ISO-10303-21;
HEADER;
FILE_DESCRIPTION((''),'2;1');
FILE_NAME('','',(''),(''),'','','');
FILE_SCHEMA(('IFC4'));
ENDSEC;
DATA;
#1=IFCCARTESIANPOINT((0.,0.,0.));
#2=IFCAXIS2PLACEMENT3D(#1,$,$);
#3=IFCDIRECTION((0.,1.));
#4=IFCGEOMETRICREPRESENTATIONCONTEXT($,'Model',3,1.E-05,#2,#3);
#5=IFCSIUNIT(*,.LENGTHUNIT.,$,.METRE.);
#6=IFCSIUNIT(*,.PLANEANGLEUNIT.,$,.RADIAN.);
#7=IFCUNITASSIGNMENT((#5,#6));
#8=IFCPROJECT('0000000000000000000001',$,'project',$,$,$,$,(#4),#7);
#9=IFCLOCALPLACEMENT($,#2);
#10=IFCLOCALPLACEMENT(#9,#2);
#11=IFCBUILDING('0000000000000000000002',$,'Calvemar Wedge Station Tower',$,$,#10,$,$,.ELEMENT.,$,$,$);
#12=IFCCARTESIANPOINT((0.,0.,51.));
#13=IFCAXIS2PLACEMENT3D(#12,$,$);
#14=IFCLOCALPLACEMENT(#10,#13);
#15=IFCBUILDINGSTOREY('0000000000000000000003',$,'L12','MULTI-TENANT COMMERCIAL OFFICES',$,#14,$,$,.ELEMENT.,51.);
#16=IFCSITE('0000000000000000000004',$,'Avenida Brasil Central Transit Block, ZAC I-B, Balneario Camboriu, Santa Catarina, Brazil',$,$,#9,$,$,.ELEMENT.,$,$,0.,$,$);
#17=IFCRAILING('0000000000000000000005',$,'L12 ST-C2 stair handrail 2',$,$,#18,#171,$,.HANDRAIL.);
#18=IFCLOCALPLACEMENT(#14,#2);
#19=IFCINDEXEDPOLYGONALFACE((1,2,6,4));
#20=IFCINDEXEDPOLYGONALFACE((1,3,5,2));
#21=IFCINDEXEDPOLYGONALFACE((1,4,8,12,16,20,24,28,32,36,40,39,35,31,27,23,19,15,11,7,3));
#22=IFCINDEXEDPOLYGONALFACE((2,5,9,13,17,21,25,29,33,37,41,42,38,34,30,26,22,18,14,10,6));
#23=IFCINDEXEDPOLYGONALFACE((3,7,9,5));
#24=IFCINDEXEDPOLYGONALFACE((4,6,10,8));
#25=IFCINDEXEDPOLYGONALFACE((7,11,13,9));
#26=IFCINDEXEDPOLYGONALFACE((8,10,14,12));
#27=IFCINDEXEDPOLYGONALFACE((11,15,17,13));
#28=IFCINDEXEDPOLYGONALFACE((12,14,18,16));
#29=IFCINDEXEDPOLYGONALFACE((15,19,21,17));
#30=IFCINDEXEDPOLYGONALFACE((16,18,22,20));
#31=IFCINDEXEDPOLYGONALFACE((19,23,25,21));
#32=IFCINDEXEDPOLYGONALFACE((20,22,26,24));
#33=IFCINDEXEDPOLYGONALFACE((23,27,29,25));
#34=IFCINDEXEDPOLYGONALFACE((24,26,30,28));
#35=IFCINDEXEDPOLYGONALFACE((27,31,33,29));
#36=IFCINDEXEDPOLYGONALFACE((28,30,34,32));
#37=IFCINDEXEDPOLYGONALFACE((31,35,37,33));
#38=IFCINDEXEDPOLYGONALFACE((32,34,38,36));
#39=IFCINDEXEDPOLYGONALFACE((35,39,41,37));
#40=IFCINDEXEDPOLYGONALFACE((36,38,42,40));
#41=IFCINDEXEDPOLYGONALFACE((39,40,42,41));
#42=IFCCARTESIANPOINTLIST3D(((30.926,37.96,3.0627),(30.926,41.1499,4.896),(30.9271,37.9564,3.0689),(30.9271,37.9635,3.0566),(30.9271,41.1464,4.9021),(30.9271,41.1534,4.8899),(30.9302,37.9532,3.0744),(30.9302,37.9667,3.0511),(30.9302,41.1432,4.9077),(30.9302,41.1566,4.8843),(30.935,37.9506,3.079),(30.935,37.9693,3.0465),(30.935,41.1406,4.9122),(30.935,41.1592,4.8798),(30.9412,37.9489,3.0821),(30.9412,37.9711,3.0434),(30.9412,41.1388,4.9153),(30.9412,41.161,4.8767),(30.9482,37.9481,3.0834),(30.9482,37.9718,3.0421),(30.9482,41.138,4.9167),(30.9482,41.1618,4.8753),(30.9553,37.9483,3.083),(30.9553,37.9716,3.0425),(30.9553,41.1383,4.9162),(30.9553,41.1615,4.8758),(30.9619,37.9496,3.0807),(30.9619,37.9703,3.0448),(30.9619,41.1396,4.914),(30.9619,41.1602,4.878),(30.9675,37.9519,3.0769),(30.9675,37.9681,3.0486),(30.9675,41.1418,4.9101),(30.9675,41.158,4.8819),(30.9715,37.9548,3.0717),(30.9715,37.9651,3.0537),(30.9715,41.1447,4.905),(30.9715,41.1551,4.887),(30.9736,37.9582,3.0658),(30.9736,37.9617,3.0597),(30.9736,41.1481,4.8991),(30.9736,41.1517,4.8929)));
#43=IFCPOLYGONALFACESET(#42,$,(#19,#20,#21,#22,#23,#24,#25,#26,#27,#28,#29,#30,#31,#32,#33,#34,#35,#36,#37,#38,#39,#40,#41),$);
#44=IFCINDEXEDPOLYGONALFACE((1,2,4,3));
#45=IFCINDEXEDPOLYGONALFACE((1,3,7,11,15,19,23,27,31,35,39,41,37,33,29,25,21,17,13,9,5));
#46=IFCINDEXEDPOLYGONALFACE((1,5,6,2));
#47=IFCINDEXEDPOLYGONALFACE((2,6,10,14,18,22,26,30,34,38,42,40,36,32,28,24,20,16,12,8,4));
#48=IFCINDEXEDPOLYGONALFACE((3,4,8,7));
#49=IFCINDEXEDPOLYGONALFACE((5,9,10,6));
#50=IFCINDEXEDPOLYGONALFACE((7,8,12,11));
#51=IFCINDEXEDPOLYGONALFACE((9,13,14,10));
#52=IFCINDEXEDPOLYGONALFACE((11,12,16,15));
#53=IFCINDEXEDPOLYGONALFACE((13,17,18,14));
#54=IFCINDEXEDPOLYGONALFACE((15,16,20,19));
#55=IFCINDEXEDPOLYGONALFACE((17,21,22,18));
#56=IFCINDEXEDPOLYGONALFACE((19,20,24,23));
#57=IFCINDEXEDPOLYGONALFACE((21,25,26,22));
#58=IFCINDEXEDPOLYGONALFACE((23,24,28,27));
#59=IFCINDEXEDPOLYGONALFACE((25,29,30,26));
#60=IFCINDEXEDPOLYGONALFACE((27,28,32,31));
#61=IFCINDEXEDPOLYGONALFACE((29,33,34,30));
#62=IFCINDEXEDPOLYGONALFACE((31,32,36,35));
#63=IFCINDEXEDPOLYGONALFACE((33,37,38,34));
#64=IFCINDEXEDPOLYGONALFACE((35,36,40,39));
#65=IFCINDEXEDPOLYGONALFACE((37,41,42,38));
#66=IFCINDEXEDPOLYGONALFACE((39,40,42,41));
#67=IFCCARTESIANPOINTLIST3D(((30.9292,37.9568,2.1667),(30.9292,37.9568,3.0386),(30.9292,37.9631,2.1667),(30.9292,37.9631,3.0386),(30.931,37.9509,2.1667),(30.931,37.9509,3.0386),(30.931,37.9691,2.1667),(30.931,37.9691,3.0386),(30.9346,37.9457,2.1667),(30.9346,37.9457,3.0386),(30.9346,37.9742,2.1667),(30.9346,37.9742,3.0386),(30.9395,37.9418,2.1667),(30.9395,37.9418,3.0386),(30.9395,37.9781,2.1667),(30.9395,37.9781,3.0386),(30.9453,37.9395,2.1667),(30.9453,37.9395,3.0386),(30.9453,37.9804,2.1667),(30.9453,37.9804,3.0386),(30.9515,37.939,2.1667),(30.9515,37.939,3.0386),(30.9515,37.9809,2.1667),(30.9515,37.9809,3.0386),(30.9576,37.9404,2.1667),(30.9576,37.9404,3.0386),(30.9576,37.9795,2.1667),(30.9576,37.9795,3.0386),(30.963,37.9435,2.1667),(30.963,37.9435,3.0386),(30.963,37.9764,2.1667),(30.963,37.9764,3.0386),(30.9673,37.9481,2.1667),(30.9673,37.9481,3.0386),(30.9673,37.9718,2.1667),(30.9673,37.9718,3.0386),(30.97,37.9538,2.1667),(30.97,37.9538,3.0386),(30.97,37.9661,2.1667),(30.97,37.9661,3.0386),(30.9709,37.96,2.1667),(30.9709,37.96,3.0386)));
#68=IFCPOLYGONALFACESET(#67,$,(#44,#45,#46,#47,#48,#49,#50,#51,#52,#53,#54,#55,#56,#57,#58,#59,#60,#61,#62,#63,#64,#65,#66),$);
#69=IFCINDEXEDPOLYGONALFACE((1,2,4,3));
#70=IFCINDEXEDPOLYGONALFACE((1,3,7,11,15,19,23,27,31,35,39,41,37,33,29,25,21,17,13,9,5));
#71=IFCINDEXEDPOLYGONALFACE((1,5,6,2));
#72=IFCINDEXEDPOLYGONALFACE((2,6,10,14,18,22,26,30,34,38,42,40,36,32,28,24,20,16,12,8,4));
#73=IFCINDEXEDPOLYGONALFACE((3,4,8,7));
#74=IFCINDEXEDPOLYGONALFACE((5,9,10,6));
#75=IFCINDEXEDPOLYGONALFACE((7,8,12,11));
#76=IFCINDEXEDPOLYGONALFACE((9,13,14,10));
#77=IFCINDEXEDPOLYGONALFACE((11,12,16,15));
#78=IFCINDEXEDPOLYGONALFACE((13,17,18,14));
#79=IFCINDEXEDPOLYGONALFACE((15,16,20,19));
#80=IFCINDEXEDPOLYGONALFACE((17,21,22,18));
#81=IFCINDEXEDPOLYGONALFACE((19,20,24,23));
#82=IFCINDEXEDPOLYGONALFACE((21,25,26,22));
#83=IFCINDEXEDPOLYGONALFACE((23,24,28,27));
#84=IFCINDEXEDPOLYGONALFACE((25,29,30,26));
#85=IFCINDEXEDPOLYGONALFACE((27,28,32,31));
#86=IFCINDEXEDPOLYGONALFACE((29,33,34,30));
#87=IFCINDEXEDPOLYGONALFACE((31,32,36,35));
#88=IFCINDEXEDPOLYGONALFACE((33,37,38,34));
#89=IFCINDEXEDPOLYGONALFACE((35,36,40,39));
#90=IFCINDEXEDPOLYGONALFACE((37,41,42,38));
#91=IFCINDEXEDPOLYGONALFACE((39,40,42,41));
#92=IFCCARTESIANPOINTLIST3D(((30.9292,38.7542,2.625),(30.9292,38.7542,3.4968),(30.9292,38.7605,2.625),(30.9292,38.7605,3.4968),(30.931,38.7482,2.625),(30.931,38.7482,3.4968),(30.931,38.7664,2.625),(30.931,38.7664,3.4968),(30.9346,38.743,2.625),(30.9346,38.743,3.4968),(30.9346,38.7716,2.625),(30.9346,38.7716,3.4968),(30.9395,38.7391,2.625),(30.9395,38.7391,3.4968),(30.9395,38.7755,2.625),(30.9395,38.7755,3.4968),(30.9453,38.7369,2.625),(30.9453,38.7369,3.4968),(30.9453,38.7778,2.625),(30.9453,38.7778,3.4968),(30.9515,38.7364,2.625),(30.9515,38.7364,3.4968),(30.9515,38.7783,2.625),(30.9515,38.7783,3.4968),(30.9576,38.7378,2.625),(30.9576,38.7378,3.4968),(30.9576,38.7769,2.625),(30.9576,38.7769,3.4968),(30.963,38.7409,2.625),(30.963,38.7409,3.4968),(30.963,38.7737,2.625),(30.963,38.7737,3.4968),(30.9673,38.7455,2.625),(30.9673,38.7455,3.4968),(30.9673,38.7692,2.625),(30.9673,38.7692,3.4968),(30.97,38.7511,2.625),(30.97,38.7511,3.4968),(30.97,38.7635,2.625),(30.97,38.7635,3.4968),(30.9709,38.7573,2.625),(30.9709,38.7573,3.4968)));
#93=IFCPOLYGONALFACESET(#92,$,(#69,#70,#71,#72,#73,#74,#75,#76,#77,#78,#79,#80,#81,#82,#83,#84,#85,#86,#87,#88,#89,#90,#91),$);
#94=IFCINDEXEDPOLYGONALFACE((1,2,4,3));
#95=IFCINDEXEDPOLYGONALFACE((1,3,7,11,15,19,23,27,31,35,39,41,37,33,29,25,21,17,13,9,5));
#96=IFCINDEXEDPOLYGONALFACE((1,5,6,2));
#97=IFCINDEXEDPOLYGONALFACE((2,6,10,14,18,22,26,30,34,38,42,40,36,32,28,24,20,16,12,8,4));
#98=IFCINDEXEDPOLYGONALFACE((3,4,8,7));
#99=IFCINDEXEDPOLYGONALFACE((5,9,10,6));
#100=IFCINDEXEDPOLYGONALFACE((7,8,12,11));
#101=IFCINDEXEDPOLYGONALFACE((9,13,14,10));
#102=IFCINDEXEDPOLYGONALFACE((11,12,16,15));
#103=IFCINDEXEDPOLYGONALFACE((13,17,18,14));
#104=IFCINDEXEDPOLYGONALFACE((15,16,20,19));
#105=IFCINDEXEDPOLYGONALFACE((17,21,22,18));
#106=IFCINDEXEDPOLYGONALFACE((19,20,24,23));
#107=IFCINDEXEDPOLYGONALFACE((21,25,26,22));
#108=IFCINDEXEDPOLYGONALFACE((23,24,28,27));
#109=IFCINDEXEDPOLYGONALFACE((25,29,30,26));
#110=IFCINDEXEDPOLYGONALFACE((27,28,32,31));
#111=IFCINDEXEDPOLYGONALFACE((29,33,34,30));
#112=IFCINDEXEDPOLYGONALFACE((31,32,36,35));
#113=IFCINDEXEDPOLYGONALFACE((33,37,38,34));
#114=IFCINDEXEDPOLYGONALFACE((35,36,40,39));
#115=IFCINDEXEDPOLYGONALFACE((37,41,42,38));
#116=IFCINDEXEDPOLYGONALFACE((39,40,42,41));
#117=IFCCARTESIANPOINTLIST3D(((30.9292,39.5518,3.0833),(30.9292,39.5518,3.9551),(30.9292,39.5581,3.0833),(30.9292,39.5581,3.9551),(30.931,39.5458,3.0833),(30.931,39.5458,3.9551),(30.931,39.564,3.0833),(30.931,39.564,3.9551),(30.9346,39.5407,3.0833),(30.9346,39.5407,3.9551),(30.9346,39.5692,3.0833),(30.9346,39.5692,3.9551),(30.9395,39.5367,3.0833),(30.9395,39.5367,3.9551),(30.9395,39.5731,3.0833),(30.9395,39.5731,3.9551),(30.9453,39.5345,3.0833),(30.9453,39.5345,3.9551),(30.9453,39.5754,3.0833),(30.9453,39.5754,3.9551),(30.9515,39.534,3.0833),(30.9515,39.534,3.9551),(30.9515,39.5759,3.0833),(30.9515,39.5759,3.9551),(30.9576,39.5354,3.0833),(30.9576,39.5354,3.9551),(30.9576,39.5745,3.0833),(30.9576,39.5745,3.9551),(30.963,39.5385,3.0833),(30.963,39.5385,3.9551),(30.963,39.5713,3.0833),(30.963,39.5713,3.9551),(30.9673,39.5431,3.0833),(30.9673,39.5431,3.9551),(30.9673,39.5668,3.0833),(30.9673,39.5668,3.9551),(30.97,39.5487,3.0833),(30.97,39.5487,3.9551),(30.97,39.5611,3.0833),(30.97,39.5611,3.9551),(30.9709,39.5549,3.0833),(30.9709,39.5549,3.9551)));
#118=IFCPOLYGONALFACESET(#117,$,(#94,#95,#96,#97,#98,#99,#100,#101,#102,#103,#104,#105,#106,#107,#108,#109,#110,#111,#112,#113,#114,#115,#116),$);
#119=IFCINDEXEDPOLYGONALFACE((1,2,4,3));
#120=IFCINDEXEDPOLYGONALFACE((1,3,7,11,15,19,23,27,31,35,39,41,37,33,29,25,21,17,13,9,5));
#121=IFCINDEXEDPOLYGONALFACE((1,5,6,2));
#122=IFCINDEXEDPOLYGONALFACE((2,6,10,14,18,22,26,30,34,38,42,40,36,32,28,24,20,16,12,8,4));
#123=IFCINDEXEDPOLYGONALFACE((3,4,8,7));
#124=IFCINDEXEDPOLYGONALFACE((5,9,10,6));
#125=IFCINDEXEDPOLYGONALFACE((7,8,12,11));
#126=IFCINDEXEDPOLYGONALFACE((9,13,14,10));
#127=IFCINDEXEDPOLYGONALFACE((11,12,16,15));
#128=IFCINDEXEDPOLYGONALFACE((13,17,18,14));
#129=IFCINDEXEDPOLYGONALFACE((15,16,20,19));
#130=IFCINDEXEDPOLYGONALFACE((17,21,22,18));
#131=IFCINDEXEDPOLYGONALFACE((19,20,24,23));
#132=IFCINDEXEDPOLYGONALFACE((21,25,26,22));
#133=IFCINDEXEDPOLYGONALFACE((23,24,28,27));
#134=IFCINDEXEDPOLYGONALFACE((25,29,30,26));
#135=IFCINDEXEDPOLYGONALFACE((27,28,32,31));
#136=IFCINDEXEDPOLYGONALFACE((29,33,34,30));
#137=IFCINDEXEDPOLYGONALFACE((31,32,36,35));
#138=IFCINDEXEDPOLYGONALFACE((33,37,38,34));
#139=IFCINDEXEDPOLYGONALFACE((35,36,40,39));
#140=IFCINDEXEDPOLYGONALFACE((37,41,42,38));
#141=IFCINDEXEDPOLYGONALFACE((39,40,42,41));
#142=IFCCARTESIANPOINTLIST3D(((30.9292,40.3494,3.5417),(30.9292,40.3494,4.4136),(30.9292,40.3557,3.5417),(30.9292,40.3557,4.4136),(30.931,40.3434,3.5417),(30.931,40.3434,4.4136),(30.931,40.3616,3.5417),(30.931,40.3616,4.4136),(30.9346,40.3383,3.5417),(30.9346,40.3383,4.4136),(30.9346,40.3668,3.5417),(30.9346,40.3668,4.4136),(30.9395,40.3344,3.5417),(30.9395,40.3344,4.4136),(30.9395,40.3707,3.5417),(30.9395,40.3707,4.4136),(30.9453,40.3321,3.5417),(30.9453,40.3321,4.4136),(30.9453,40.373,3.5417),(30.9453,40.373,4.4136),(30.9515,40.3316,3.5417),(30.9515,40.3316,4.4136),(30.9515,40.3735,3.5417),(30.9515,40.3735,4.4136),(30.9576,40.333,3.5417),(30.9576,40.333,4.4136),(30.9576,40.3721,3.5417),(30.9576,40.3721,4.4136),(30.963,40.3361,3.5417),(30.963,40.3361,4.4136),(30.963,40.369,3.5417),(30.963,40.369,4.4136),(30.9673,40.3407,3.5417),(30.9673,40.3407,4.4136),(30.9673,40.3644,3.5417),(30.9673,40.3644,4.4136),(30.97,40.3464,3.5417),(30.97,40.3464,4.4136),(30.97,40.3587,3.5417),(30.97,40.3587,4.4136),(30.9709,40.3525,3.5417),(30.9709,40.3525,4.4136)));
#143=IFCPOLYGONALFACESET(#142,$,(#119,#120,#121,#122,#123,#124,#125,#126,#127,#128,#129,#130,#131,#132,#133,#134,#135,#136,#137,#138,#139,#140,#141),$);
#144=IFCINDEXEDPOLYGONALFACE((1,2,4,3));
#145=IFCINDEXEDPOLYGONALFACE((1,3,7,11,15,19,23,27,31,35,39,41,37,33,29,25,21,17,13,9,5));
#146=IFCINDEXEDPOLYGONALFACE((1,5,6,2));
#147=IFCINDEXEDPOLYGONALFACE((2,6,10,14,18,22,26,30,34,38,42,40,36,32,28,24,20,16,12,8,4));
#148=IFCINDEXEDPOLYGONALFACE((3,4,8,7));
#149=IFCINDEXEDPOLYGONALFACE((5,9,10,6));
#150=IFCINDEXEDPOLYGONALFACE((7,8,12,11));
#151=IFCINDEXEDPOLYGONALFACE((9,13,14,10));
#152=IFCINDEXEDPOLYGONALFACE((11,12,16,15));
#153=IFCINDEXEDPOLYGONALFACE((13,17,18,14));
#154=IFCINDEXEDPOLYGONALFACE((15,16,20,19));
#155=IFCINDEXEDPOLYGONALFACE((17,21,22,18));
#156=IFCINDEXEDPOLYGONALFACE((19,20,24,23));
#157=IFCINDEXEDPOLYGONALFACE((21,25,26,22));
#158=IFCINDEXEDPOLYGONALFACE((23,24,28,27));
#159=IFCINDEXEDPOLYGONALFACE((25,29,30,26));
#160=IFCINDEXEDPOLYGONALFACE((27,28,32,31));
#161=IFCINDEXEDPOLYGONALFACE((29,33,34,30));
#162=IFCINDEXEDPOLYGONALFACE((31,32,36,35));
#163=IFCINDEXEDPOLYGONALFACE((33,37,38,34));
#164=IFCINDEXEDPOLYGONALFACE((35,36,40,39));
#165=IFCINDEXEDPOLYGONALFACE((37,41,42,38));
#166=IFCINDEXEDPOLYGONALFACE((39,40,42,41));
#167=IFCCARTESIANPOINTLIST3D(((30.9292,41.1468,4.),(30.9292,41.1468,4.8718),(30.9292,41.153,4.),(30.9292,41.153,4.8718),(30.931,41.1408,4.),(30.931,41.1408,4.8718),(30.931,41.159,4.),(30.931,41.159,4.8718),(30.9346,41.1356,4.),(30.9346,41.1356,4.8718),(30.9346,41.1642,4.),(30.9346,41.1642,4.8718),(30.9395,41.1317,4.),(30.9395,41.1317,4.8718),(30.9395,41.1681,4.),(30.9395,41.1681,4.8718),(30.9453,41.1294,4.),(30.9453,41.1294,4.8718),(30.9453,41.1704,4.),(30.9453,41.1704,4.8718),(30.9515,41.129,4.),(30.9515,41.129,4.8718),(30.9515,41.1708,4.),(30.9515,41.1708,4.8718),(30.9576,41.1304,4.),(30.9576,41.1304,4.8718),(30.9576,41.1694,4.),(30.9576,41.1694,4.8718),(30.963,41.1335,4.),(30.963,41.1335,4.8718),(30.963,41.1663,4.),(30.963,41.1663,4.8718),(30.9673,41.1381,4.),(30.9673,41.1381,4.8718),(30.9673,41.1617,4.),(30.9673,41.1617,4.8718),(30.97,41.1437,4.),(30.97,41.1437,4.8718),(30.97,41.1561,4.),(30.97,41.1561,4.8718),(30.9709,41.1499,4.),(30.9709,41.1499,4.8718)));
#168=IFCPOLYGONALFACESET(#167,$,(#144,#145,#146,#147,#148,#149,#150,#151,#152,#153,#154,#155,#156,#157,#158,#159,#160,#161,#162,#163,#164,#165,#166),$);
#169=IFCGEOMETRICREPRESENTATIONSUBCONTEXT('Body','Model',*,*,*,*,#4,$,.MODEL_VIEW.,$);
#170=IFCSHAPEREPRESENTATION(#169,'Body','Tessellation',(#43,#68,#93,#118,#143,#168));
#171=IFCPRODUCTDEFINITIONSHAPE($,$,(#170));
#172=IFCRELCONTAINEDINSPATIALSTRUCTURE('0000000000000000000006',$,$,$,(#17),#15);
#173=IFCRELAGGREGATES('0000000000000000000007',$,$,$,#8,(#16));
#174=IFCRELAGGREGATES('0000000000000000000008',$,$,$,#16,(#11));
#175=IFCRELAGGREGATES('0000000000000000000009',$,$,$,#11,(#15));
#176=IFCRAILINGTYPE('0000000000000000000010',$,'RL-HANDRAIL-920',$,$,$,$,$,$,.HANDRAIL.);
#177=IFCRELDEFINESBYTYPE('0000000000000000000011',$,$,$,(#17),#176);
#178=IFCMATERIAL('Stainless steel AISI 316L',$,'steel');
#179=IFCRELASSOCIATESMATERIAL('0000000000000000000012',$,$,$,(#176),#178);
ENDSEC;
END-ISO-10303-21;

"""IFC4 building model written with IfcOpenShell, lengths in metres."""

from ifc_helpers import new_model, si_unit, direction, frame, origin, origin_2d, place, context, subcontext, project, spatial, circle, extrude, material, type_object, element, save


model = new_model("IFC4")

# Units and contexts
model_context = context("Model", 3, precision=1e-05, world=origin(), true_north=direction((0.0, 1.0)))
body_context = subcontext(model_context, "Body", "Model", "MODEL_VIEW")
ifc_project = project(units=[si_unit("LENGTHUNIT", "METRE"), si_unit("PLANEANGLEUNIT", "RADIAN")], contexts=[model_context])

# Site, building, storey
site_placement = place(None, origin())
site = spatial("IfcSite", under=ifc_project, at=site_placement, Name="Avenida Brasil Central Transit Block, ZAC I-B, Balneario Camboriu, Santa Catarina, Brazil", CompositionType="ELEMENT", RefElevation=0.0)
building_placement = place(site_placement, origin())
building = spatial("IfcBuilding", under=site, at=building_placement, Name="Calvemar Wedge Station Tower", CompositionType="ELEMENT")
storey_placement = place(building_placement, frame((0.0, 0.0, 51.0)))
storey = spatial("IfcBuildingStorey", under=building, at=storey_placement, Name="L12", Description="MULTI-TENANT COMMERCIAL OFFICES", CompositionType="ELEMENT", Elevation=51.0)

# Railing
ifc_material_1 = material(Name="Stainless steel AISI 316L", Category="steel")
railing_type_1 = type_object("IfcRailingType", Name="RL-HANDRAIL-920", PredefinedType="HANDRAIL", material=ifc_material_1)
railing_1_placement = place(storey_placement, frame((30.95, 37.96, 2.1667)))
element("IfcRailing", 1, at=railing_1_placement, inside=storey, type_object=railing_type_1, Name="L12 ST-C2 stair handrail 2", PredefinedType="HANDRAIL", context=body_context, shape_type="SweptSolid", body=[
    extrude(circle(Radius=0.0239, at=origin_2d()), frame((0.0, 0.0, 0.896), z_axis=(0.0, 0.86702, 0.498274), x_axis=(-1.0, 0.0, 0.0)), (0.0, 0.0, 1.0), 3.6792),
    extrude(circle(Radius=0.021, at=origin_2d()), origin(), (0.0, 0.0, 1.0), 0.8718),
    extrude(circle(Radius=0.021, at=origin_2d()), frame((0.0, 0.7974, 0.4583)), (0.0, 0.0, 1.0), 0.8718),
    extrude(circle(Radius=0.021, at=origin_2d()), frame((0.0, 1.595, 0.9165)), (0.0, 0.0, 1.0), 0.8718),
    extrude(circle(Radius=0.021, at=origin_2d()), frame((0.0, 2.3926, 1.375)), (0.0, 0.0, 1.0), 0.8718),
    extrude(circle(Radius=0.021, at=origin_2d()), frame((0.0, 3.1899, 1.8333)), (0.0, 0.0, 1.0), 0.8718),
])

save(model, "model.ifc")
